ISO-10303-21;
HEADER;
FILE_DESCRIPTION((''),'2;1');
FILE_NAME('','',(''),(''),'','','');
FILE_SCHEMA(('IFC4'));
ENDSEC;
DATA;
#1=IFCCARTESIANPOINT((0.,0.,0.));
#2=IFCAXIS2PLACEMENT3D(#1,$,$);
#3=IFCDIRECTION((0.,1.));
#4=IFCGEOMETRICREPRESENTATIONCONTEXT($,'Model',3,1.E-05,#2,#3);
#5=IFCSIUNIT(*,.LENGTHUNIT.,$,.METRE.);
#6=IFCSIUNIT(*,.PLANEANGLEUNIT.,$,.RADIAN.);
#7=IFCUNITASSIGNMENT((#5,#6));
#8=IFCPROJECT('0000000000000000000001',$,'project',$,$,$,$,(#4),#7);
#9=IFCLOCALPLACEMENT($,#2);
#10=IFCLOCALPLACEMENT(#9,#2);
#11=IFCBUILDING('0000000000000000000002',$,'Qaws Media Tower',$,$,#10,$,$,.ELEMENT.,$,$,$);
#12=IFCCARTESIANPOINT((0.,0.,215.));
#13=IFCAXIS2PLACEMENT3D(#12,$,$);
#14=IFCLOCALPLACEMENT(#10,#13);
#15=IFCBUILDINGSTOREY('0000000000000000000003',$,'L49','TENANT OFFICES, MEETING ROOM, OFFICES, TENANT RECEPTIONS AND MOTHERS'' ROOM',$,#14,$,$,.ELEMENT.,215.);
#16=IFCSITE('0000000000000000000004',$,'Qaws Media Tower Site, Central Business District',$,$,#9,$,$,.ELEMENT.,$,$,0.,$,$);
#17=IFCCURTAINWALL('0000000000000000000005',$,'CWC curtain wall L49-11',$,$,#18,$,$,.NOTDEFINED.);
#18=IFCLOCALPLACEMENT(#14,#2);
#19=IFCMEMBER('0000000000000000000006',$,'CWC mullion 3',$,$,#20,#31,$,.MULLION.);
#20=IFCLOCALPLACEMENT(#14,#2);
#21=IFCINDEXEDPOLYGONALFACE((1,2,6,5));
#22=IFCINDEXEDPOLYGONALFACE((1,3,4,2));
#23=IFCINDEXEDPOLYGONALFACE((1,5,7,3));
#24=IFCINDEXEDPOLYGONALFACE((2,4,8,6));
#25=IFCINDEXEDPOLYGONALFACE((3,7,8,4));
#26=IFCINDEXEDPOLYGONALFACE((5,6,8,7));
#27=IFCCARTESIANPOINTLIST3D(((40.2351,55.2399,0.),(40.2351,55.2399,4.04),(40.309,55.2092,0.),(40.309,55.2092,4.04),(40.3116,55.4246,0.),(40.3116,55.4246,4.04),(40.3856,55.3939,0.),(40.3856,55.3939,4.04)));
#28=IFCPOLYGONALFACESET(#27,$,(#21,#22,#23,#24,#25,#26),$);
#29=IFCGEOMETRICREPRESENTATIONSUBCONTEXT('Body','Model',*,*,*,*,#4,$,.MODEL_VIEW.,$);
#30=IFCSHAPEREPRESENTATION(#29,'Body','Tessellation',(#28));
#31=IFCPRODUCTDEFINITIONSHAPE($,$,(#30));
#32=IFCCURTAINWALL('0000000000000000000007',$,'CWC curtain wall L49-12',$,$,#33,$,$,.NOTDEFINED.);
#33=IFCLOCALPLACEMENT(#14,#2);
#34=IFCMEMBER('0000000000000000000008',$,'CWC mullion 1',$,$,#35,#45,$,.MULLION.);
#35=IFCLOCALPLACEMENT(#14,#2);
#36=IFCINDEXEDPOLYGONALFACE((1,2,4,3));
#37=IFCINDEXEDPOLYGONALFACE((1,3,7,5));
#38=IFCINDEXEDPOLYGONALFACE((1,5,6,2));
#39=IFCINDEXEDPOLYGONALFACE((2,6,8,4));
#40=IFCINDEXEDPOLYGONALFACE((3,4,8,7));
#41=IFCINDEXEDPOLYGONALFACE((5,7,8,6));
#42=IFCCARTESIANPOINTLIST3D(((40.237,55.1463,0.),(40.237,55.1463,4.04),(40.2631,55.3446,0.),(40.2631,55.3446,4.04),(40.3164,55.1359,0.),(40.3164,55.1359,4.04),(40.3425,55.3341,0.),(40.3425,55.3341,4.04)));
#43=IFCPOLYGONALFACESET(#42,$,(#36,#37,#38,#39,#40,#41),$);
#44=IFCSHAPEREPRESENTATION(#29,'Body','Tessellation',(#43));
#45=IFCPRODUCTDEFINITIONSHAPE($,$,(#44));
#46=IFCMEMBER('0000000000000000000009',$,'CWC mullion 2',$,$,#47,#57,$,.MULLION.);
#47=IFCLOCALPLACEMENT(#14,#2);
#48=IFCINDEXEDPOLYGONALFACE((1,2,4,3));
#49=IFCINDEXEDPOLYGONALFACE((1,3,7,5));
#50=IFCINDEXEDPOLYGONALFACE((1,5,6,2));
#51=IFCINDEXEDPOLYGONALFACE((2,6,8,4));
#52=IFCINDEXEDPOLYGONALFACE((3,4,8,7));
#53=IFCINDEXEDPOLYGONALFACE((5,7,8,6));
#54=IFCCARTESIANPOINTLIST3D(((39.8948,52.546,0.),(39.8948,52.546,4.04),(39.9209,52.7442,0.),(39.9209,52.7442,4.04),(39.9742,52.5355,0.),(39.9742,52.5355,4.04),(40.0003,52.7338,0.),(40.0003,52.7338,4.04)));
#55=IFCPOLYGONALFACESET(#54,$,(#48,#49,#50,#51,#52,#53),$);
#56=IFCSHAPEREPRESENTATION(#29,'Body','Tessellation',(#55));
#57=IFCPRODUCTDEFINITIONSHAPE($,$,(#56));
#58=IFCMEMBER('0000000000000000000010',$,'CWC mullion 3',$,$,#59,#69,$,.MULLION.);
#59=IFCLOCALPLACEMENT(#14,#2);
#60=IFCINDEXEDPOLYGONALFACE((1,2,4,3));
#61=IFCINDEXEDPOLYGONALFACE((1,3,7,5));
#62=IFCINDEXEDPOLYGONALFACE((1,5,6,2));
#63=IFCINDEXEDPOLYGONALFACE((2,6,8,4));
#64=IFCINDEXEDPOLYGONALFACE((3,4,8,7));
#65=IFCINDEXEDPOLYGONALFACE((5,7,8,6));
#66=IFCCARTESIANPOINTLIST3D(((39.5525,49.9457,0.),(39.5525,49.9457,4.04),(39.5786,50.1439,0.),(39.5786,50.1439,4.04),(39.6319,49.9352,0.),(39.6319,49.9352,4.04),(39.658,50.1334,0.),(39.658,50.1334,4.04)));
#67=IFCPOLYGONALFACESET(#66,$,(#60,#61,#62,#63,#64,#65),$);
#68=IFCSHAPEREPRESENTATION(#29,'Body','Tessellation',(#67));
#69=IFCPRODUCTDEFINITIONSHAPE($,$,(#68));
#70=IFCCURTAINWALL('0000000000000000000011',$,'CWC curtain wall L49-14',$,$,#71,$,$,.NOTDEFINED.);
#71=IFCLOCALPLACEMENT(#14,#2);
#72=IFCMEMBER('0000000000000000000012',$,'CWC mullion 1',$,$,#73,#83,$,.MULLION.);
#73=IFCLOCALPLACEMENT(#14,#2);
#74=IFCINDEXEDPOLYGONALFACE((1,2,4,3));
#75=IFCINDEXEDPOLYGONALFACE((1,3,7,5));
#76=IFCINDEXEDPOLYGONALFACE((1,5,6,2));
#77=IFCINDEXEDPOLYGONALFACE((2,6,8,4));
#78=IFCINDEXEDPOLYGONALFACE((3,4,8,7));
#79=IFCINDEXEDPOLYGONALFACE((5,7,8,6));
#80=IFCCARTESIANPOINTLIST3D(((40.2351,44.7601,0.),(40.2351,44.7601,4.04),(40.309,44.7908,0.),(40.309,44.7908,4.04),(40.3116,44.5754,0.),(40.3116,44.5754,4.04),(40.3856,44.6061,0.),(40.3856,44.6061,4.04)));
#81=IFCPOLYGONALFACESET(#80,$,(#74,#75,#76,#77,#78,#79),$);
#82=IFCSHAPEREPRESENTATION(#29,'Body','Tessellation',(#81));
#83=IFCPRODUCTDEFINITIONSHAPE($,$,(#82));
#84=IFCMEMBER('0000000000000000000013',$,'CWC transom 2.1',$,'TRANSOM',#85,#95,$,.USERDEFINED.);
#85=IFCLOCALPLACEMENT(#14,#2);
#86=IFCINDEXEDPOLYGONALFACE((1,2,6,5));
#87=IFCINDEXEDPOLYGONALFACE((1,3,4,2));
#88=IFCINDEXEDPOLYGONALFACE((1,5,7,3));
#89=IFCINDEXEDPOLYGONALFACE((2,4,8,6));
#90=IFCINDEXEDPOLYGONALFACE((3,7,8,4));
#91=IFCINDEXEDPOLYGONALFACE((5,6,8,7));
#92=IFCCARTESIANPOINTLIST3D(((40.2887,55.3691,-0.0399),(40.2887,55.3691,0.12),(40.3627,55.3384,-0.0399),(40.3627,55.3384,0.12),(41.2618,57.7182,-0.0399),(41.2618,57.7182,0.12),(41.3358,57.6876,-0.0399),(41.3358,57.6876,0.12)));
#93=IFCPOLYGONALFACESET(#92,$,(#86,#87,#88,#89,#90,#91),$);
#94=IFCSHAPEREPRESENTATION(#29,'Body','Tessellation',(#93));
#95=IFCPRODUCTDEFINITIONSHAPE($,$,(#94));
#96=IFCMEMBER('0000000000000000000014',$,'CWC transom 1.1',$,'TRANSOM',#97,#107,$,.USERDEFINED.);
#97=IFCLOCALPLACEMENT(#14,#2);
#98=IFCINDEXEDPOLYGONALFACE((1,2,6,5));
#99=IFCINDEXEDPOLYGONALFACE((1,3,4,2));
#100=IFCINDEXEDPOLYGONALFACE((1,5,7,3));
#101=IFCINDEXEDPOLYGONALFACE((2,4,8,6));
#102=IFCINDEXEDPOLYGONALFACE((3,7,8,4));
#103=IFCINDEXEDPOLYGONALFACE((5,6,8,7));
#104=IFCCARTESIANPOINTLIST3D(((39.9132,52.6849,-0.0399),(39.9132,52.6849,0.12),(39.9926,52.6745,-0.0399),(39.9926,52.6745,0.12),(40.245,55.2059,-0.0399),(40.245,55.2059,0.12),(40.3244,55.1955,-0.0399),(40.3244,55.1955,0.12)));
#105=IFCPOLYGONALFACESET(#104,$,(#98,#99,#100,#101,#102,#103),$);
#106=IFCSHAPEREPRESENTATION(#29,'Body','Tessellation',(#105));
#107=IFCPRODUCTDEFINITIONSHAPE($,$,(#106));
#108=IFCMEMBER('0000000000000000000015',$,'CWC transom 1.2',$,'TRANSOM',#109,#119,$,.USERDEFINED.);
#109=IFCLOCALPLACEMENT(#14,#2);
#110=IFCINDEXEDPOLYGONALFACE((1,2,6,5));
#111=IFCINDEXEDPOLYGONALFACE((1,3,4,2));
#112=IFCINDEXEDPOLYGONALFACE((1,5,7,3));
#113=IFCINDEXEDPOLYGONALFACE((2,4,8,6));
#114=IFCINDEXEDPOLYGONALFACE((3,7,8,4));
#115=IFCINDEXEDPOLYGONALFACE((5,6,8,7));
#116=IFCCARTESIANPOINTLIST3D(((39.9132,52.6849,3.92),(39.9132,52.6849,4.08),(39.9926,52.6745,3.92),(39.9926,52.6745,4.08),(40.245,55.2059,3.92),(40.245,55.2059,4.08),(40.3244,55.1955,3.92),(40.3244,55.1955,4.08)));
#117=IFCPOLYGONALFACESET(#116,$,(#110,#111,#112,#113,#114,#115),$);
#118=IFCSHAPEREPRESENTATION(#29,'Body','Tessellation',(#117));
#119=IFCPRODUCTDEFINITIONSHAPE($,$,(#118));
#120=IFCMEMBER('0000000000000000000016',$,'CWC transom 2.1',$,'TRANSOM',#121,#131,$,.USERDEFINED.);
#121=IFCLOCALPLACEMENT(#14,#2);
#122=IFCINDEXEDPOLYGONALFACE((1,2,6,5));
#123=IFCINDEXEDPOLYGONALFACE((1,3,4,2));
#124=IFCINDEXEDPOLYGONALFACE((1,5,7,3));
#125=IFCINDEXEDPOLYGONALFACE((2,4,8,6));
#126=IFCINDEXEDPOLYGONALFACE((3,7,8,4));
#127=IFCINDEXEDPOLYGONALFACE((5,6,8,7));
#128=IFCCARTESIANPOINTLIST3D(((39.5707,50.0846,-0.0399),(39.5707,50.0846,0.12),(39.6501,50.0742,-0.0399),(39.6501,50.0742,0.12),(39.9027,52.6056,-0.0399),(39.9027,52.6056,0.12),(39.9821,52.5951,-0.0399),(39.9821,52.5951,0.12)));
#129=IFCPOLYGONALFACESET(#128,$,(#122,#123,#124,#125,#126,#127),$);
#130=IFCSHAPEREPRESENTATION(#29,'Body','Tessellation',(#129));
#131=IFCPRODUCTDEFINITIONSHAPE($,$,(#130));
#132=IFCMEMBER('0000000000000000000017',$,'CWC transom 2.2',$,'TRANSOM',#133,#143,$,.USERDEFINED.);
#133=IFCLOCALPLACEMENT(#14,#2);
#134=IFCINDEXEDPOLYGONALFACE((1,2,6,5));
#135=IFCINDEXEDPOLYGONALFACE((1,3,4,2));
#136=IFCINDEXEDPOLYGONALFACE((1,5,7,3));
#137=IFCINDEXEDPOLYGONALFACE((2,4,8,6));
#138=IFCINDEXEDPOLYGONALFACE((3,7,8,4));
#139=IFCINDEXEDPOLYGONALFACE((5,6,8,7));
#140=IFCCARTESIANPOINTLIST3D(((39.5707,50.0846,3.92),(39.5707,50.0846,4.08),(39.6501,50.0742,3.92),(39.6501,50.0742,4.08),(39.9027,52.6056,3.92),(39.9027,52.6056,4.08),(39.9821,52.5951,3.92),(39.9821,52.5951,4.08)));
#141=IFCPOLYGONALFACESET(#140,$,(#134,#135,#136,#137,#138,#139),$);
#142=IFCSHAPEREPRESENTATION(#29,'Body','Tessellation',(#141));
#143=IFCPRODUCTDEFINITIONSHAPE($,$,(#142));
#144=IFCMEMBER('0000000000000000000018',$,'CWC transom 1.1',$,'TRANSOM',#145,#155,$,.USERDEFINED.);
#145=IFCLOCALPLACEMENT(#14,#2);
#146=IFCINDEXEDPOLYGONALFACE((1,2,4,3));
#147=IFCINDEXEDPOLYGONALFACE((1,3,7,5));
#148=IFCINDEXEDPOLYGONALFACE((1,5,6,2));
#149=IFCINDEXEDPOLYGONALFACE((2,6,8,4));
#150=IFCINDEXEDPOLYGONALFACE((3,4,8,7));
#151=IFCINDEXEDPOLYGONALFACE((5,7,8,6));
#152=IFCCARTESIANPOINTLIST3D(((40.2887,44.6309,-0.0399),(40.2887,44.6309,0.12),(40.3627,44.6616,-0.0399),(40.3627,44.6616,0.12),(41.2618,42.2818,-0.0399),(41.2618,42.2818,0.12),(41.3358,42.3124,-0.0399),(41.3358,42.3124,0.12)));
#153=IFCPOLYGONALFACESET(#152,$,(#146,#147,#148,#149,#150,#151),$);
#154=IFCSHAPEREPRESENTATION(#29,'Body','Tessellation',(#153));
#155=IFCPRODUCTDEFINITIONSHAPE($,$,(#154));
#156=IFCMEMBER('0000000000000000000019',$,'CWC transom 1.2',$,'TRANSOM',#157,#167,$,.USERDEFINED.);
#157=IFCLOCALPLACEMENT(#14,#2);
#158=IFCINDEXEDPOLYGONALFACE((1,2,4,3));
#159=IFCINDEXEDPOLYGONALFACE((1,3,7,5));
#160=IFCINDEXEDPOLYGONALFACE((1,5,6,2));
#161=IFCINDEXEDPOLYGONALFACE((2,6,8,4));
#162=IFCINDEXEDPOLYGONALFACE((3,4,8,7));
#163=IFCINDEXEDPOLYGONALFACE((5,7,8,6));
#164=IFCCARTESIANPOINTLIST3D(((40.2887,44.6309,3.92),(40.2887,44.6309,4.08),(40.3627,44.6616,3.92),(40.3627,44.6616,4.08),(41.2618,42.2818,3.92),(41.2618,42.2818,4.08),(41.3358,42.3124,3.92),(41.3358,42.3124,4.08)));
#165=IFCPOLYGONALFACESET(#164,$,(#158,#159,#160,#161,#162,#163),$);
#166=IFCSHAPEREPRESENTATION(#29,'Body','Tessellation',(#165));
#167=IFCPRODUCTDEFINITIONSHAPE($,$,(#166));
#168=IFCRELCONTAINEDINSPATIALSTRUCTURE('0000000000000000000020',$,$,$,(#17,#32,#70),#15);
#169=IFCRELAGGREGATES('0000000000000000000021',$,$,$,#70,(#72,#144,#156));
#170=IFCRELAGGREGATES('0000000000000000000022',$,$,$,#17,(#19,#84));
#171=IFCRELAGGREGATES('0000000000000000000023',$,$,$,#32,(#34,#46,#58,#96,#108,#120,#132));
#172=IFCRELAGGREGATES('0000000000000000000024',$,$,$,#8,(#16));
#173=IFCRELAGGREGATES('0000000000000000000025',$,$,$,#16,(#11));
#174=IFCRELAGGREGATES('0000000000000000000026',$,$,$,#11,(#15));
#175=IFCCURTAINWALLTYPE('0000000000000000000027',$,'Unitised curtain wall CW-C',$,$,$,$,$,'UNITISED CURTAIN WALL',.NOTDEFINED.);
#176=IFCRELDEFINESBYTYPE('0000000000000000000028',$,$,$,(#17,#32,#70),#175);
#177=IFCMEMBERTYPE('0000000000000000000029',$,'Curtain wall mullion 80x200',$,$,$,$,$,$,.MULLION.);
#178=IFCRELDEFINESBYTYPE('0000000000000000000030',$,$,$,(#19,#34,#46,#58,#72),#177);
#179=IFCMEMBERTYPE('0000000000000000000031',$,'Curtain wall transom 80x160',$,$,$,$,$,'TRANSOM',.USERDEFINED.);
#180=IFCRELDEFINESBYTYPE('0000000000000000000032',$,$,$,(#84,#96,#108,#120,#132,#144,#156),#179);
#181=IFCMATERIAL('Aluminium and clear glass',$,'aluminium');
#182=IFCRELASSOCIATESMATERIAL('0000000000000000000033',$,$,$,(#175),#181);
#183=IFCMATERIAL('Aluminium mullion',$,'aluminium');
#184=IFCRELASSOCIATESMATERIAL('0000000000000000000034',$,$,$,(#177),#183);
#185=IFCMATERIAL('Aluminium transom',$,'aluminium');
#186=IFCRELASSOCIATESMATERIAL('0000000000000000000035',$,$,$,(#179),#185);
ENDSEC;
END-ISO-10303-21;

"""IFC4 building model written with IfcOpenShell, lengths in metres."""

from ifc_helpers import new_model, si_unit, direction, frame, origin, origin_2d, place, context, subcontext, project, spatial, rectangle, extrude, material, material_profile, profile_set, type_object, element, aggregate, save


model = new_model("IFC4")

# Units and contexts
model_context = context("Model", 3, precision=1e-05, world=origin(), true_north=direction((0.0, 1.0)))
body_context = subcontext(model_context, "Body", "Model", "MODEL_VIEW")
ifc_project = project(units=[si_unit("LENGTHUNIT", "METRE"), si_unit("PLANEANGLEUNIT", "RADIAN")], contexts=[model_context])

# Site, building, storey
site_placement = place(None, origin())
site = spatial("IfcSite", under=ifc_project, at=site_placement, Name="Qaws Media Tower Site, Central Business District", CompositionType="ELEMENT", RefElevation=0.0)
building_placement = place(site_placement, origin())
building = spatial("IfcBuilding", under=site, at=building_placement, Name="Qaws Media Tower", CompositionType="ELEMENT")
storey_placement = place(building_placement, frame((0.0, 0.0, 215.0)))
storey = spatial("IfcBuildingStorey", under=building, at=storey_placement, Name="L49", Description="TENANT OFFICES, MEETING ROOM, OFFICES, TENANT RECEPTIONS AND MOTHERS' ROOM", CompositionType="ELEMENT", Elevation=215.0)

# Curtain wall, member
ifc_material_1 = material(Name="Aluminium and clear glass", Category="aluminium")
curtain_wall_type = type_object("IfcCurtainWallType", Name="Unitised curtain wall CW-C", ElementType="UNITISED CURTAIN WALL", PredefinedType="NOTDEFINED", material=ifc_material_1)
curtain_wall_1_placement = place(storey_placement, origin())
curtain_wall_1 = element("IfcCurtainWall", 1, at=curtain_wall_1_placement, inside=storey, type_object=curtain_wall_type, Name="CWC curtain wall L49-11", PredefinedType="NOTDEFINED")
ifc_material_2 = material(Name="Aluminium mullion", Category="aluminium")
ifc_material_profile_1 = material_profile(ifc_material_2, rectangle(XDim=0.0801, YDim=0.2, at=origin_2d()), Name="80x200")
ifc_profile_set_1 = profile_set([ifc_material_profile_1], Name="Aluminium mullion")
member_type_1 = type_object("IfcMemberType", Name="Curtain wall mullion 80x200", PredefinedType="MULLION", material=ifc_profile_set_1)
member_1_placement = place(storey_placement, frame((40.3103, 55.3169, 0.0), z_axis=(0.0, 0.0, 1.0), x_axis=(0.923879, -0.382684, 0.0)))
member_1 = element("IfcMember", 2, at=member_1_placement, type_object=member_type_1, Name="CWC mullion 3", PredefinedType="MULLION", context=body_context, shape_type="SweptSolid", body=[
    extrude(rectangle(XDim=0.0801, YDim=0.2, at=origin_2d()), origin(), (0.0, 0.0, 1.0), 4.04),
])

# Curtain wall, members
curtain_wall_2_placement = place(storey_placement, origin())
curtain_wall_2 = element("IfcCurtainWall", 3, at=curtain_wall_2_placement, inside=storey, type_object=curtain_wall_type, Name="CWC curtain wall L49-12", PredefinedType="NOTDEFINED")
member_2_placement = place(storey_placement, frame((40.2898, 55.2402, 0.0), z_axis=(0.0, 0.0, 1.0), x_axis=(0.991445, -0.130526, 0.0)))
member_2 = element("IfcMember", 4, at=member_2_placement, type_object=member_type_1, Name="CWC mullion 1", PredefinedType="MULLION", context=body_context, shape_type="SweptSolid", body=[
    extrude(rectangle(XDim=0.0801, YDim=0.2, at=origin_2d()), origin(), (0.0, 0.0, 1.0), 4.04),
])
member_3_placement = place(storey_placement, frame((39.9475, 52.6399, 0.0), z_axis=(0.0, 0.0, 1.0), x_axis=(0.991445, -0.130526, 0.0)))
member_3 = element("IfcMember", 5, at=member_3_placement, type_object=member_type_1, Name="CWC mullion 2", PredefinedType="MULLION", context=body_context, shape_type="SweptSolid", body=[
    extrude(rectangle(XDim=0.0801, YDim=0.2, at=origin_2d()), origin(), (0.0, 0.0, 1.0), 4.04),
])
member_4_placement = place(storey_placement, frame((39.6052, 50.0396, 0.0), z_axis=(0.0, 0.0, 1.0), x_axis=(0.991445, -0.130526, 0.0)))
member_4 = element("IfcMember", 6, at=member_4_placement, type_object=member_type_1, Name="CWC mullion 3", PredefinedType="MULLION", context=body_context, shape_type="SweptSolid", body=[
    extrude(rectangle(XDim=0.0801, YDim=0.2, at=origin_2d()), origin(), (0.0, 0.0, 1.0), 4.04),
])

# Curtain wall, member
curtain_wall_3_placement = place(storey_placement, origin())
curtain_wall_3 = element("IfcCurtainWall", 7, at=curtain_wall_3_placement, inside=storey, type_object=curtain_wall_type, Name="CWC curtain wall L49-14", PredefinedType="NOTDEFINED")
member_5_placement = place(storey_placement, frame((40.3103, 44.6831, 0.0), z_axis=(0.0, 0.0, 1.0), x_axis=(0.923879, 0.382684, 0.0)))
member_5 = element("IfcMember", 8, at=member_5_placement, type_object=member_type_1, Name="CWC mullion 1", PredefinedType="MULLION", context=body_context, shape_type="SweptSolid", body=[
    extrude(rectangle(XDim=0.0801, YDim=0.2, at=origin_2d()), origin(), (0.0, 0.0, 1.0), 4.04),
])

# Members
ifc_material_3 = material(Name="Aluminium transom", Category="aluminium")
ifc_material_profile_2 = material_profile(ifc_material_3, rectangle(XDim=0.0801, YDim=0.1599, at=origin_2d()), Name="80x160")
ifc_profile_set_2 = profile_set([ifc_material_profile_2], Name="Aluminium transom")
member_type_2 = type_object("IfcMemberType", Name="Curtain wall transom 80x160", ElementType="TRANSOM", PredefinedType="USERDEFINED", material=ifc_profile_set_2)
member_6_placement = place(storey_placement, frame((41.2988, 57.7029, 0.04), z_axis=(-0.382719, -0.923865, 0.0), x_axis=(0.923865, -0.382719, 0.0)))
member_6 = element("IfcMember", 9, at=member_6_placement, type_object=member_type_2, Name="CWC transom 2.1", ObjectType="TRANSOM", PredefinedType="USERDEFINED", context=body_context, shape_type="SweptSolid", body=[
    extrude(rectangle(XDim=0.0801, YDim=0.1599, at=origin_2d()), origin(), (0.0, 0.0, 1.0), 2.5427),
])
member_7_placement = place(storey_placement, frame((40.2847, 55.2007, 0.04), z_axis=(-0.130484, -0.99145, 0.0), x_axis=(0.99145, -0.130484, 0.0)))
member_7 = element("IfcMember", 10, at=member_7_placement, type_object=member_type_2, Name="CWC transom 1.1", ObjectType="TRANSOM", PredefinedType="USERDEFINED", context=body_context, shape_type="SweptSolid", body=[
    extrude(rectangle(XDim=0.0801, YDim=0.1599, at=origin_2d()), origin(), (0.0, 0.0, 1.0), 2.5427),
])
member_8_placement = place(storey_placement, frame((40.2847, 55.2007, 4.0), z_axis=(-0.130484, -0.99145, 0.0), x_axis=(0.99145, -0.130484, 0.0)))
member_8 = element("IfcMember", 11, at=member_8_placement, type_object=member_type_2, Name="CWC transom 1.2", ObjectType="TRANSOM", PredefinedType="USERDEFINED", context=body_context, shape_type="SweptSolid", body=[
    extrude(rectangle(XDim=0.0801, YDim=0.1599, at=origin_2d()), origin(), (0.0, 0.0, 1.0), 2.5427),
])
member_9_placement = place(storey_placement, frame((39.9424, 52.6003, 0.04), z_axis=(-0.130579, -0.991438, 0.0), x_axis=(0.991438, -0.130579, 0.0)))
member_9 = element("IfcMember", 12, at=member_9_placement, type_object=member_type_2, Name="CWC transom 2.1", ObjectType="TRANSOM", PredefinedType="USERDEFINED", context=body_context, shape_type="SweptSolid", body=[
    extrude(rectangle(XDim=0.0801, YDim=0.1599, at=origin_2d()), origin(), (0.0, 0.0, 1.0), 2.5427),
])
member_10_placement = place(storey_placement, frame((39.9424, 52.6003, 4.0), z_axis=(-0.130579, -0.991438, 0.0), x_axis=(0.991438, -0.130579, 0.0)))
member_10 = element("IfcMember", 13, at=member_10_placement, type_object=member_type_2, Name="CWC transom 2.2", ObjectType="TRANSOM", PredefinedType="USERDEFINED", context=body_context, shape_type="SweptSolid", body=[
    extrude(rectangle(XDim=0.0801, YDim=0.1599, at=origin_2d()), origin(), (0.0, 0.0, 1.0), 2.5427),
])
member_11_placement = place(storey_placement, frame((40.3257, 44.6462, 0.04), z_axis=(0.382719, -0.923865, 0.0), x_axis=(0.923865, 0.382719, 0.0)))
member_11 = element("IfcMember", 14, at=member_11_placement, type_object=member_type_2, Name="CWC transom 1.1", ObjectType="TRANSOM", PredefinedType="USERDEFINED", context=body_context, shape_type="SweptSolid", body=[
    extrude(rectangle(XDim=0.0801, YDim=0.1599, at=origin_2d()), origin(), (0.0, 0.0, 1.0), 2.5427),
])
member_12_placement = place(storey_placement, frame((40.3257, 44.6462, 4.0), z_axis=(0.382719, -0.923865, 0.0), x_axis=(0.923865, 0.382719, 0.0)))
member_12 = element("IfcMember", 15, at=member_12_placement, type_object=member_type_2, Name="CWC transom 1.2", ObjectType="TRANSOM", PredefinedType="USERDEFINED", context=body_context, shape_type="SweptSolid", body=[
    extrude(rectangle(XDim=0.0801, YDim=0.1599, at=origin_2d()), origin(), (0.0, 0.0, 1.0), 2.5427),
])
aggregate(curtain_wall_3, [member_5, member_11, member_12])

aggregate(curtain_wall_1, [member_1, member_6])
aggregate(curtain_wall_2, [member_2, member_3, member_4, member_7, member_8, member_9, member_10])

save(model, "model.ifc")
